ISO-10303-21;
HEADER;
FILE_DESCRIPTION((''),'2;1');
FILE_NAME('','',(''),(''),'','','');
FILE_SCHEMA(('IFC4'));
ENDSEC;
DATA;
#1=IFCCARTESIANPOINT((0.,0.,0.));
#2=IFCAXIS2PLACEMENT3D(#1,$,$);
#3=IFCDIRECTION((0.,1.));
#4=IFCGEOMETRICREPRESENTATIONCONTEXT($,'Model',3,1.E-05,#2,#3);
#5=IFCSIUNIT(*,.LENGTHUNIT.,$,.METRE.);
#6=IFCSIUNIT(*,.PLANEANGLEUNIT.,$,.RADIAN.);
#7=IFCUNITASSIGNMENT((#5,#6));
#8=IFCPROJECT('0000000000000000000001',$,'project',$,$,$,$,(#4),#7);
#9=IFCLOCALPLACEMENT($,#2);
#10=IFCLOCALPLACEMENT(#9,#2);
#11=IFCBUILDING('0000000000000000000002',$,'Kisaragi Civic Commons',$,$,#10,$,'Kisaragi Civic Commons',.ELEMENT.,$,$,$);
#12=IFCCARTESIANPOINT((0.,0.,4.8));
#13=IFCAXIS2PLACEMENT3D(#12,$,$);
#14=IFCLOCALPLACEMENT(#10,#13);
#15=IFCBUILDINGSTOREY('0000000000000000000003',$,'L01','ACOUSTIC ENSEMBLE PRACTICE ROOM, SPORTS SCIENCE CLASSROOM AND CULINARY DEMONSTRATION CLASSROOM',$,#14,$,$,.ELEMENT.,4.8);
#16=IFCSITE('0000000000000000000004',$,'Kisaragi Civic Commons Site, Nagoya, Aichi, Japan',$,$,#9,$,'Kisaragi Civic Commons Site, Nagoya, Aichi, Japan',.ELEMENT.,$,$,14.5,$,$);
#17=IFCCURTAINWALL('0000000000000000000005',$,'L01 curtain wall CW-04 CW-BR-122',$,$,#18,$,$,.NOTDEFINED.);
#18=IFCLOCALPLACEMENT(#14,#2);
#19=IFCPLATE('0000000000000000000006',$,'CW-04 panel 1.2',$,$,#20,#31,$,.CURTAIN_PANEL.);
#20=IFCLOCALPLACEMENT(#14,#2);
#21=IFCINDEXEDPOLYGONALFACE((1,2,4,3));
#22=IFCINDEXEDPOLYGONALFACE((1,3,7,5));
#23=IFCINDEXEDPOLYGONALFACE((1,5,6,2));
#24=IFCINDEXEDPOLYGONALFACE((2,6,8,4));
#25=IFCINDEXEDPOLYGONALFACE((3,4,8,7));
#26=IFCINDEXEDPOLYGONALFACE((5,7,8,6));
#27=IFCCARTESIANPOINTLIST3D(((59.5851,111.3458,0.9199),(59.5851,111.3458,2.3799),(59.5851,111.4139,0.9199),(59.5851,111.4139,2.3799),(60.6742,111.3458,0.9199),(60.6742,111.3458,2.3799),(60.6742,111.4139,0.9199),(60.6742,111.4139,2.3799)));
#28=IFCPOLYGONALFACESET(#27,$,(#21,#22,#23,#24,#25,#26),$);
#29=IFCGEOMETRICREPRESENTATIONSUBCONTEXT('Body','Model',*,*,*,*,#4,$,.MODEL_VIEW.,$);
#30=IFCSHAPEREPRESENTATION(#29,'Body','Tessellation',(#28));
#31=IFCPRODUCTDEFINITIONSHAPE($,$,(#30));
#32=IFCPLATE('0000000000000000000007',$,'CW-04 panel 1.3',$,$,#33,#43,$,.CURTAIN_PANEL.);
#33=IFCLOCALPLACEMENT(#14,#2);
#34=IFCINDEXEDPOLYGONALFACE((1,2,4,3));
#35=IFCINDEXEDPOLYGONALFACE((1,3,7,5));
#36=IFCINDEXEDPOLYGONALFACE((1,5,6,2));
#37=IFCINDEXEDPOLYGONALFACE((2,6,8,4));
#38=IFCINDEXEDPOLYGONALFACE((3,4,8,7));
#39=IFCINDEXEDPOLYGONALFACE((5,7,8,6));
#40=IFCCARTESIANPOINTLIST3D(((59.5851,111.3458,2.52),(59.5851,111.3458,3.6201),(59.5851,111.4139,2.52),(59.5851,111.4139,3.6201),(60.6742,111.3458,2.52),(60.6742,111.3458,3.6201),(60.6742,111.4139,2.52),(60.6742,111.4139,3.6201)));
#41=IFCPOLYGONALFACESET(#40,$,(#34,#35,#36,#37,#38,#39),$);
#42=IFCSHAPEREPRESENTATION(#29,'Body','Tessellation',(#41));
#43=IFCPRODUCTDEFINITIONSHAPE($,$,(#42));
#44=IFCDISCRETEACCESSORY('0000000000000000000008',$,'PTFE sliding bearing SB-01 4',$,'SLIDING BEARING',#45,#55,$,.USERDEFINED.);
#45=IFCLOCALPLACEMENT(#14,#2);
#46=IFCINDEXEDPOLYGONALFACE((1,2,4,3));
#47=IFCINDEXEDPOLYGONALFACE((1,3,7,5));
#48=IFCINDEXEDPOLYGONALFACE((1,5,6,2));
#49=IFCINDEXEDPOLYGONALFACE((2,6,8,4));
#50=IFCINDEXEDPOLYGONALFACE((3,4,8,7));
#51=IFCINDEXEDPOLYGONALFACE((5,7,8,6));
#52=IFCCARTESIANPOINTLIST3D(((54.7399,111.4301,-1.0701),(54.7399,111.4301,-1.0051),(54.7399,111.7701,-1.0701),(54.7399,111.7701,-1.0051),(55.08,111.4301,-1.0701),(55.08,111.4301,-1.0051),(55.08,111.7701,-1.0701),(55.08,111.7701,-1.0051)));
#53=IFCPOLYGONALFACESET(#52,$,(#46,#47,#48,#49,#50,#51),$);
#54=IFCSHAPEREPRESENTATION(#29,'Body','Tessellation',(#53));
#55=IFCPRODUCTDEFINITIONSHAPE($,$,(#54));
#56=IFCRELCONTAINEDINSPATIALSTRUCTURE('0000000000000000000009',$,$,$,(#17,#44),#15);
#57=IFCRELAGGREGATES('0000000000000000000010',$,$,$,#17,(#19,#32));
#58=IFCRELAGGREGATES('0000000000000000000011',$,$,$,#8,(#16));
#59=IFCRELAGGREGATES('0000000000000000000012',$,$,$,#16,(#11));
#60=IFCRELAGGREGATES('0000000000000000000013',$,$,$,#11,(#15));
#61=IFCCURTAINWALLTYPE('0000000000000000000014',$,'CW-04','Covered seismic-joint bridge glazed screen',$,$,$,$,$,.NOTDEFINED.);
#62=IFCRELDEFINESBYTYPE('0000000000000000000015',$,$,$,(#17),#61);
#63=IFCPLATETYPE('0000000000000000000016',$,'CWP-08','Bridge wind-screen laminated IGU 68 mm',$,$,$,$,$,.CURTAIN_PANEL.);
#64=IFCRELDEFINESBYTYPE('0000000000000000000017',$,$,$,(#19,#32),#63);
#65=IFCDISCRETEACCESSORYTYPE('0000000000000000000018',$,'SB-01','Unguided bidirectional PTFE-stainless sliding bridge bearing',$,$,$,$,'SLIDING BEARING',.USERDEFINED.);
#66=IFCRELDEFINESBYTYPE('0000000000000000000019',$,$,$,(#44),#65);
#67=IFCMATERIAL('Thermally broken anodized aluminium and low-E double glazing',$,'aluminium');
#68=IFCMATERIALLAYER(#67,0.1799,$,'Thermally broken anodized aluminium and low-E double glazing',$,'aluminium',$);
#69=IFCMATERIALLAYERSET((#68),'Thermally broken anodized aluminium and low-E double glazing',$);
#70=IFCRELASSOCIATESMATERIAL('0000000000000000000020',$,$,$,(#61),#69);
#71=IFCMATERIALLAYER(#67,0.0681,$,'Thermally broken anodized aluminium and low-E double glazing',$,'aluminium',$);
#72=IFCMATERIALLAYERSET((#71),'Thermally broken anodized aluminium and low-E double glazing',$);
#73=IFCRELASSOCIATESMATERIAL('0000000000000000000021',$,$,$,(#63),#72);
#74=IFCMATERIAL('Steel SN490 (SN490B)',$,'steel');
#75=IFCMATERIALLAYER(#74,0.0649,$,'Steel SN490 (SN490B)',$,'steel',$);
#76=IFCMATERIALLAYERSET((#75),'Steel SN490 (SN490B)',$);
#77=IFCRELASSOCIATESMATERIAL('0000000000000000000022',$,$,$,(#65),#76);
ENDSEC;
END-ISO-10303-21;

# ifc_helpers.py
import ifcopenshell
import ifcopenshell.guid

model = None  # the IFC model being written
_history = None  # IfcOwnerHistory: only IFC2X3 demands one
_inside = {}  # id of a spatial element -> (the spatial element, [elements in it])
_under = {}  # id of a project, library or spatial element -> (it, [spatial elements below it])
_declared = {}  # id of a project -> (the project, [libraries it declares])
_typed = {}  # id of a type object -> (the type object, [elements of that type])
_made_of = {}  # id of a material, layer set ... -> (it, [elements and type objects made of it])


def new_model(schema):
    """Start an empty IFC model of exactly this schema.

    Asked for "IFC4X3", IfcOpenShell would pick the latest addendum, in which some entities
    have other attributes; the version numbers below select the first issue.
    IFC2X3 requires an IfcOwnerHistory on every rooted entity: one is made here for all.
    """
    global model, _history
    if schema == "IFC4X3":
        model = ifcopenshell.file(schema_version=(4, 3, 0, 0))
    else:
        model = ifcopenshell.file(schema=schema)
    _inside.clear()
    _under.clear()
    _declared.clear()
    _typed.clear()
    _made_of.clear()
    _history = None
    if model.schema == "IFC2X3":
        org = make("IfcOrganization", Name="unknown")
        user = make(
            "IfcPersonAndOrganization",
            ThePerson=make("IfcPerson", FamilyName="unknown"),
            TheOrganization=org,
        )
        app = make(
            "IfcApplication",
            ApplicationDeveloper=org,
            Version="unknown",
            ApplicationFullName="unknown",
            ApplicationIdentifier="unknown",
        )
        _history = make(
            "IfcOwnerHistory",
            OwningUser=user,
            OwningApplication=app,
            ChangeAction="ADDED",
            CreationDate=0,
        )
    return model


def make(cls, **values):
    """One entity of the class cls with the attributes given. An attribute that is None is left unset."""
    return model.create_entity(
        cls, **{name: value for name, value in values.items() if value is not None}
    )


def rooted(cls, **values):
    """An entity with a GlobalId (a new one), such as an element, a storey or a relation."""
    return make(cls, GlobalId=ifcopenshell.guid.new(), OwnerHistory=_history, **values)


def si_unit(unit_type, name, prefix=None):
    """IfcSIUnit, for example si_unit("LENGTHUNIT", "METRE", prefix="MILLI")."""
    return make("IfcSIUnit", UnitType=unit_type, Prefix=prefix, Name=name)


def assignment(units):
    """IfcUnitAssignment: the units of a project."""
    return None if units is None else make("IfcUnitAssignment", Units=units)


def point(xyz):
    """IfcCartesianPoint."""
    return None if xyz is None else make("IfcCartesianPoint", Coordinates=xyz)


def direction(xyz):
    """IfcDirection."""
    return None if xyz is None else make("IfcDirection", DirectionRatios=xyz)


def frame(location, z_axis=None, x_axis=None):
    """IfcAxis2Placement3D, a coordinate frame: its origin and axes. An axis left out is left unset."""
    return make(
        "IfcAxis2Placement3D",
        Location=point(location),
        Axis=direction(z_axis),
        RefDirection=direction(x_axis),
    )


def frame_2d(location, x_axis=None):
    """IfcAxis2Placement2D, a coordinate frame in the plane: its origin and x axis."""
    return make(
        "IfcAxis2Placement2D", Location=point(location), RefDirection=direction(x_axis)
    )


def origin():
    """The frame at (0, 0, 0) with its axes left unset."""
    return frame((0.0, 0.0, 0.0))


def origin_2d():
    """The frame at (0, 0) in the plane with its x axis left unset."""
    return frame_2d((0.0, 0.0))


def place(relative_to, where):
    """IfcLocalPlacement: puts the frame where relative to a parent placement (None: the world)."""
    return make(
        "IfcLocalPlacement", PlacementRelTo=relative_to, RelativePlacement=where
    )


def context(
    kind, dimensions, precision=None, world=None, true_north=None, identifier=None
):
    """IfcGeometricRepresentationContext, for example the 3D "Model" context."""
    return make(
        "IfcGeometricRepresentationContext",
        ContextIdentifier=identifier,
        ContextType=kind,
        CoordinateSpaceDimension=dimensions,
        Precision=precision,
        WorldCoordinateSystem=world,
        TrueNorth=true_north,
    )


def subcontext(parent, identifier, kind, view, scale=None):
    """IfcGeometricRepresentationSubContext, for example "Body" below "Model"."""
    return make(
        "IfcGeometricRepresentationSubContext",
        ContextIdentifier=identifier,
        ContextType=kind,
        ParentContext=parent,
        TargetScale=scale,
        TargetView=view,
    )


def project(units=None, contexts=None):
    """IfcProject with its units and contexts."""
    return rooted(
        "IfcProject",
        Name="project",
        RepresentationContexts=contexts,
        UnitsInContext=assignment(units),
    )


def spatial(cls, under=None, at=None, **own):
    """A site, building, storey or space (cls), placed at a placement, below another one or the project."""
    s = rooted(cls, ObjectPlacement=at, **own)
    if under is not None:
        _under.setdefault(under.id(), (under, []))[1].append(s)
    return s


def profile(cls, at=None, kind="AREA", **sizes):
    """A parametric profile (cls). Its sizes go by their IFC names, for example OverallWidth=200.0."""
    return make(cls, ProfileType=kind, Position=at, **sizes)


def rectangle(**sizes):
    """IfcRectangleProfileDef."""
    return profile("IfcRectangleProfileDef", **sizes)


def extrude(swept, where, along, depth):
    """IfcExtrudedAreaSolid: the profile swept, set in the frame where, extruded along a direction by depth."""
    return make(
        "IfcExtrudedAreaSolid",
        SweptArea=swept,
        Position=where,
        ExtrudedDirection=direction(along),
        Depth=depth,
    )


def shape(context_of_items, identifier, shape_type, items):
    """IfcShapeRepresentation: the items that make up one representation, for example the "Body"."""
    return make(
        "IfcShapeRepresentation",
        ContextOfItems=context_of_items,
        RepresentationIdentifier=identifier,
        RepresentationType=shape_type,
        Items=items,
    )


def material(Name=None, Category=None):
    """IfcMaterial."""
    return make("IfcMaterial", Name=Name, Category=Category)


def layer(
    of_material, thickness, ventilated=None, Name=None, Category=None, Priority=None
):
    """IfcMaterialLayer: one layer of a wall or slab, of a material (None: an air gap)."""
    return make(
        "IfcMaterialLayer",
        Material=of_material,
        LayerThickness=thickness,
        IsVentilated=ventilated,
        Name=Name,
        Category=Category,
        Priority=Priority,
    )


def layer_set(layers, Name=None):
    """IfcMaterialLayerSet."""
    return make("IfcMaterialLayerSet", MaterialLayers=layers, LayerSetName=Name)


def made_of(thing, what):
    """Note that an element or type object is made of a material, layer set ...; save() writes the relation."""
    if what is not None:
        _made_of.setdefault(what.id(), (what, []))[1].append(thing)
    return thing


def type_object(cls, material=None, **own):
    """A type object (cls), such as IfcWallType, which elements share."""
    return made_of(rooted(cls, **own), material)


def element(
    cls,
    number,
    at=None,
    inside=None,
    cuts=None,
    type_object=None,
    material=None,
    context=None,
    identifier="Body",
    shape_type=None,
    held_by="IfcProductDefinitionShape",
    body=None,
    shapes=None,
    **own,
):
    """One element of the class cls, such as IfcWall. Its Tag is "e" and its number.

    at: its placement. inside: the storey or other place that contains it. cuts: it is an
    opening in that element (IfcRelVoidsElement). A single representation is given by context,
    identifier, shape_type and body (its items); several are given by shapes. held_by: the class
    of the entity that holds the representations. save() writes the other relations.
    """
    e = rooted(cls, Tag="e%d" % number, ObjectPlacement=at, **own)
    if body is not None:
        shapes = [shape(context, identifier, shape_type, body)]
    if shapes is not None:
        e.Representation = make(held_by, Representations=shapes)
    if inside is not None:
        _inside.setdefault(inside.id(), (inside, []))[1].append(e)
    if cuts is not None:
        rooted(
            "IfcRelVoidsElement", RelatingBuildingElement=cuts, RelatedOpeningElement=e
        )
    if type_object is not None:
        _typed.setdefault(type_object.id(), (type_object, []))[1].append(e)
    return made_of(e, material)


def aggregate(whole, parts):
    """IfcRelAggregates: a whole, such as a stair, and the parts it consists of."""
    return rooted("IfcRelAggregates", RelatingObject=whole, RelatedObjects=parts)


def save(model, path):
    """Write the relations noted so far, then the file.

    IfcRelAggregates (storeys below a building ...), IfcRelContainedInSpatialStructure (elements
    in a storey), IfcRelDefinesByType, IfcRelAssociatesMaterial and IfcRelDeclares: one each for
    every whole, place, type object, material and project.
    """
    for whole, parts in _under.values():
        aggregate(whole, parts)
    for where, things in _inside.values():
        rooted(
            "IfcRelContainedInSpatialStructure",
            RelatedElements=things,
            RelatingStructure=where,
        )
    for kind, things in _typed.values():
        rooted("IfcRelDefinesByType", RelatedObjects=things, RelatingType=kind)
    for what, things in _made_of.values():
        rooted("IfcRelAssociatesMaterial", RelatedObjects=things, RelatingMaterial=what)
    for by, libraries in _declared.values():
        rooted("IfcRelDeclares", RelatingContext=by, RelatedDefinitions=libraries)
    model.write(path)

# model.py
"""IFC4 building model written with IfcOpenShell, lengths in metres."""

from ifc_helpers import new_model, si_unit, direction, frame, origin, origin_2d, place, context, subcontext, project, spatial, rectangle, extrude, material, layer, layer_set, type_object, element, aggregate, save


model = new_model("IFC4")

# Units and contexts
model_context = context("Model", 3, precision=1e-05, world=origin(), true_north=direction((0.0, 1.0)))
body_context = subcontext(model_context, "Body", "Model", "MODEL_VIEW")
ifc_project = project(units=[si_unit("LENGTHUNIT", "METRE"), si_unit("PLANEANGLEUNIT", "RADIAN")], contexts=[model_context])

# Site, building, storey
site_placement = place(None, origin())
site = spatial("IfcSite", under=ifc_project, at=site_placement, Name="Kisaragi Civic Commons Site, Nagoya, Aichi, Japan", LongName="Kisaragi Civic Commons Site, Nagoya, Aichi, Japan", CompositionType="ELEMENT", RefElevation=14.5)
building_placement = place(site_placement, origin())
building = spatial("IfcBuilding", under=site, at=building_placement, Name="Kisaragi Civic Commons", LongName="Kisaragi Civic Commons", CompositionType="ELEMENT")
storey_placement = place(building_placement, frame((0.0, 0.0, 4.8)))
storey = spatial("IfcBuildingStorey", under=building, at=storey_placement, Name="L01", Description="ACOUSTIC ENSEMBLE PRACTICE ROOM, SPORTS SCIENCE CLASSROOM AND CULINARY DEMONSTRATION CLASSROOM", CompositionType="ELEMENT", Elevation=4.8)

# Shared definitions
ifc_material_1 = material(Name="Thermally broken anodized aluminium and low-E double glazing", Category="aluminium")
ifc_layer_1 = layer(ifc_material_1, 0.1799, Name="Thermally broken anodized aluminium and low-E double glazing", Category="aluminium")
ifc_layer_set_1 = layer_set([ifc_layer_1], Name="Thermally broken anodized aluminium and low-E double glazing")
curtain_wall_type = type_object("IfcCurtainWallType", Name="CW-04", Description="Covered seismic-joint bridge glazed screen", PredefinedType="NOTDEFINED", material=ifc_layer_set_1)

# Curtain wall
curtain_wall_1_placement = place(storey_placement, origin())
curtain_wall_1 = element("IfcCurtainWall", 1, at=curtain_wall_1_placement, inside=storey, type_object=curtain_wall_type, Name="L01 curtain wall CW-04 CW-BR-122", PredefinedType="NOTDEFINED")

# Shared definitions
ifc_material_2 = material(Name="Steel SN490 (SN490B)", Category="steel")

# Plates
ifc_layer_2 = layer(ifc_material_1, 0.0681, Name="Thermally broken anodized aluminium and low-E double glazing", Category="aluminium")
ifc_layer_set_2 = layer_set([ifc_layer_2], Name="Thermally broken anodized aluminium and low-E double glazing")
plate_type_1 = type_object("IfcPlateType", Name="CWP-08", Description="Bridge wind-screen laminated IGU 68 mm", PredefinedType="CURTAIN_PANEL", material=ifc_layer_set_2)
plate_1_placement = place(storey_placement, frame((60.1296, 111.3799, 0.9199), z_axis=(0.0, 0.0, 1.0), x_axis=(1.0, 0.0, 0.0)))
plate_1 = element("IfcPlate", 2, at=plate_1_placement, type_object=plate_type_1, Name="CW-04 panel 1.2", PredefinedType="CURTAIN_PANEL", context=body_context, shape_type="SweptSolid", body=[
    extrude(rectangle(XDim=1.0891, YDim=0.0681, at=origin_2d()), origin(), (0.0, 0.0, 1.0), 1.46),
])
plate_2_placement = place(storey_placement, frame((60.1296, 111.3799, 2.52), z_axis=(0.0, 0.0, 1.0), x_axis=(1.0, 0.0, 0.0)))
plate_2 = element("IfcPlate", 3, at=plate_2_placement, type_object=plate_type_1, Name="CW-04 panel 1.3", PredefinedType="CURTAIN_PANEL", context=body_context, shape_type="SweptSolid", body=[
    extrude(rectangle(XDim=1.0891, YDim=0.0681, at=origin_2d()), origin(), (0.0, 0.0, 1.0), 1.1001),
])
aggregate(curtain_wall_1, [plate_1, plate_2])

# Discrete accessory
ifc_layer_3 = layer(ifc_material_2, 0.0649, Name="Steel SN490 (SN490B)", Category="steel")
ifc_layer_set_3 = layer_set([ifc_layer_3], Name="Steel SN490 (SN490B)")
discrete_accessory_type = type_object("IfcDiscreteAccessoryType", Name="SB-01", Description="Unguided bidirectional PTFE-stainless sliding bridge bearing", ElementType="SLIDING BEARING", PredefinedType="USERDEFINED", material=ifc_layer_set_3)
discrete_accessory_placement = place(storey_placement, frame((54.9099, 111.6001, -1.0701), z_axis=(0.0, 0.0, 1.0), x_axis=(1.0, 0.0, 0.0)))
element("IfcDiscreteAccessory", 4, at=discrete_accessory_placement, inside=storey, type_object=discrete_accessory_type, Name="PTFE sliding bearing SB-01 4", ObjectType="SLIDING BEARING", PredefinedType="USERDEFINED", context=body_context, shape_type="SweptSolid", body=[
    extrude(rectangle(XDim=0.3401, YDim=0.3401, at=origin_2d()), origin(), (0.0, 0.0, 1.0), 0.0649),
])

save(model, "model.ifc")
